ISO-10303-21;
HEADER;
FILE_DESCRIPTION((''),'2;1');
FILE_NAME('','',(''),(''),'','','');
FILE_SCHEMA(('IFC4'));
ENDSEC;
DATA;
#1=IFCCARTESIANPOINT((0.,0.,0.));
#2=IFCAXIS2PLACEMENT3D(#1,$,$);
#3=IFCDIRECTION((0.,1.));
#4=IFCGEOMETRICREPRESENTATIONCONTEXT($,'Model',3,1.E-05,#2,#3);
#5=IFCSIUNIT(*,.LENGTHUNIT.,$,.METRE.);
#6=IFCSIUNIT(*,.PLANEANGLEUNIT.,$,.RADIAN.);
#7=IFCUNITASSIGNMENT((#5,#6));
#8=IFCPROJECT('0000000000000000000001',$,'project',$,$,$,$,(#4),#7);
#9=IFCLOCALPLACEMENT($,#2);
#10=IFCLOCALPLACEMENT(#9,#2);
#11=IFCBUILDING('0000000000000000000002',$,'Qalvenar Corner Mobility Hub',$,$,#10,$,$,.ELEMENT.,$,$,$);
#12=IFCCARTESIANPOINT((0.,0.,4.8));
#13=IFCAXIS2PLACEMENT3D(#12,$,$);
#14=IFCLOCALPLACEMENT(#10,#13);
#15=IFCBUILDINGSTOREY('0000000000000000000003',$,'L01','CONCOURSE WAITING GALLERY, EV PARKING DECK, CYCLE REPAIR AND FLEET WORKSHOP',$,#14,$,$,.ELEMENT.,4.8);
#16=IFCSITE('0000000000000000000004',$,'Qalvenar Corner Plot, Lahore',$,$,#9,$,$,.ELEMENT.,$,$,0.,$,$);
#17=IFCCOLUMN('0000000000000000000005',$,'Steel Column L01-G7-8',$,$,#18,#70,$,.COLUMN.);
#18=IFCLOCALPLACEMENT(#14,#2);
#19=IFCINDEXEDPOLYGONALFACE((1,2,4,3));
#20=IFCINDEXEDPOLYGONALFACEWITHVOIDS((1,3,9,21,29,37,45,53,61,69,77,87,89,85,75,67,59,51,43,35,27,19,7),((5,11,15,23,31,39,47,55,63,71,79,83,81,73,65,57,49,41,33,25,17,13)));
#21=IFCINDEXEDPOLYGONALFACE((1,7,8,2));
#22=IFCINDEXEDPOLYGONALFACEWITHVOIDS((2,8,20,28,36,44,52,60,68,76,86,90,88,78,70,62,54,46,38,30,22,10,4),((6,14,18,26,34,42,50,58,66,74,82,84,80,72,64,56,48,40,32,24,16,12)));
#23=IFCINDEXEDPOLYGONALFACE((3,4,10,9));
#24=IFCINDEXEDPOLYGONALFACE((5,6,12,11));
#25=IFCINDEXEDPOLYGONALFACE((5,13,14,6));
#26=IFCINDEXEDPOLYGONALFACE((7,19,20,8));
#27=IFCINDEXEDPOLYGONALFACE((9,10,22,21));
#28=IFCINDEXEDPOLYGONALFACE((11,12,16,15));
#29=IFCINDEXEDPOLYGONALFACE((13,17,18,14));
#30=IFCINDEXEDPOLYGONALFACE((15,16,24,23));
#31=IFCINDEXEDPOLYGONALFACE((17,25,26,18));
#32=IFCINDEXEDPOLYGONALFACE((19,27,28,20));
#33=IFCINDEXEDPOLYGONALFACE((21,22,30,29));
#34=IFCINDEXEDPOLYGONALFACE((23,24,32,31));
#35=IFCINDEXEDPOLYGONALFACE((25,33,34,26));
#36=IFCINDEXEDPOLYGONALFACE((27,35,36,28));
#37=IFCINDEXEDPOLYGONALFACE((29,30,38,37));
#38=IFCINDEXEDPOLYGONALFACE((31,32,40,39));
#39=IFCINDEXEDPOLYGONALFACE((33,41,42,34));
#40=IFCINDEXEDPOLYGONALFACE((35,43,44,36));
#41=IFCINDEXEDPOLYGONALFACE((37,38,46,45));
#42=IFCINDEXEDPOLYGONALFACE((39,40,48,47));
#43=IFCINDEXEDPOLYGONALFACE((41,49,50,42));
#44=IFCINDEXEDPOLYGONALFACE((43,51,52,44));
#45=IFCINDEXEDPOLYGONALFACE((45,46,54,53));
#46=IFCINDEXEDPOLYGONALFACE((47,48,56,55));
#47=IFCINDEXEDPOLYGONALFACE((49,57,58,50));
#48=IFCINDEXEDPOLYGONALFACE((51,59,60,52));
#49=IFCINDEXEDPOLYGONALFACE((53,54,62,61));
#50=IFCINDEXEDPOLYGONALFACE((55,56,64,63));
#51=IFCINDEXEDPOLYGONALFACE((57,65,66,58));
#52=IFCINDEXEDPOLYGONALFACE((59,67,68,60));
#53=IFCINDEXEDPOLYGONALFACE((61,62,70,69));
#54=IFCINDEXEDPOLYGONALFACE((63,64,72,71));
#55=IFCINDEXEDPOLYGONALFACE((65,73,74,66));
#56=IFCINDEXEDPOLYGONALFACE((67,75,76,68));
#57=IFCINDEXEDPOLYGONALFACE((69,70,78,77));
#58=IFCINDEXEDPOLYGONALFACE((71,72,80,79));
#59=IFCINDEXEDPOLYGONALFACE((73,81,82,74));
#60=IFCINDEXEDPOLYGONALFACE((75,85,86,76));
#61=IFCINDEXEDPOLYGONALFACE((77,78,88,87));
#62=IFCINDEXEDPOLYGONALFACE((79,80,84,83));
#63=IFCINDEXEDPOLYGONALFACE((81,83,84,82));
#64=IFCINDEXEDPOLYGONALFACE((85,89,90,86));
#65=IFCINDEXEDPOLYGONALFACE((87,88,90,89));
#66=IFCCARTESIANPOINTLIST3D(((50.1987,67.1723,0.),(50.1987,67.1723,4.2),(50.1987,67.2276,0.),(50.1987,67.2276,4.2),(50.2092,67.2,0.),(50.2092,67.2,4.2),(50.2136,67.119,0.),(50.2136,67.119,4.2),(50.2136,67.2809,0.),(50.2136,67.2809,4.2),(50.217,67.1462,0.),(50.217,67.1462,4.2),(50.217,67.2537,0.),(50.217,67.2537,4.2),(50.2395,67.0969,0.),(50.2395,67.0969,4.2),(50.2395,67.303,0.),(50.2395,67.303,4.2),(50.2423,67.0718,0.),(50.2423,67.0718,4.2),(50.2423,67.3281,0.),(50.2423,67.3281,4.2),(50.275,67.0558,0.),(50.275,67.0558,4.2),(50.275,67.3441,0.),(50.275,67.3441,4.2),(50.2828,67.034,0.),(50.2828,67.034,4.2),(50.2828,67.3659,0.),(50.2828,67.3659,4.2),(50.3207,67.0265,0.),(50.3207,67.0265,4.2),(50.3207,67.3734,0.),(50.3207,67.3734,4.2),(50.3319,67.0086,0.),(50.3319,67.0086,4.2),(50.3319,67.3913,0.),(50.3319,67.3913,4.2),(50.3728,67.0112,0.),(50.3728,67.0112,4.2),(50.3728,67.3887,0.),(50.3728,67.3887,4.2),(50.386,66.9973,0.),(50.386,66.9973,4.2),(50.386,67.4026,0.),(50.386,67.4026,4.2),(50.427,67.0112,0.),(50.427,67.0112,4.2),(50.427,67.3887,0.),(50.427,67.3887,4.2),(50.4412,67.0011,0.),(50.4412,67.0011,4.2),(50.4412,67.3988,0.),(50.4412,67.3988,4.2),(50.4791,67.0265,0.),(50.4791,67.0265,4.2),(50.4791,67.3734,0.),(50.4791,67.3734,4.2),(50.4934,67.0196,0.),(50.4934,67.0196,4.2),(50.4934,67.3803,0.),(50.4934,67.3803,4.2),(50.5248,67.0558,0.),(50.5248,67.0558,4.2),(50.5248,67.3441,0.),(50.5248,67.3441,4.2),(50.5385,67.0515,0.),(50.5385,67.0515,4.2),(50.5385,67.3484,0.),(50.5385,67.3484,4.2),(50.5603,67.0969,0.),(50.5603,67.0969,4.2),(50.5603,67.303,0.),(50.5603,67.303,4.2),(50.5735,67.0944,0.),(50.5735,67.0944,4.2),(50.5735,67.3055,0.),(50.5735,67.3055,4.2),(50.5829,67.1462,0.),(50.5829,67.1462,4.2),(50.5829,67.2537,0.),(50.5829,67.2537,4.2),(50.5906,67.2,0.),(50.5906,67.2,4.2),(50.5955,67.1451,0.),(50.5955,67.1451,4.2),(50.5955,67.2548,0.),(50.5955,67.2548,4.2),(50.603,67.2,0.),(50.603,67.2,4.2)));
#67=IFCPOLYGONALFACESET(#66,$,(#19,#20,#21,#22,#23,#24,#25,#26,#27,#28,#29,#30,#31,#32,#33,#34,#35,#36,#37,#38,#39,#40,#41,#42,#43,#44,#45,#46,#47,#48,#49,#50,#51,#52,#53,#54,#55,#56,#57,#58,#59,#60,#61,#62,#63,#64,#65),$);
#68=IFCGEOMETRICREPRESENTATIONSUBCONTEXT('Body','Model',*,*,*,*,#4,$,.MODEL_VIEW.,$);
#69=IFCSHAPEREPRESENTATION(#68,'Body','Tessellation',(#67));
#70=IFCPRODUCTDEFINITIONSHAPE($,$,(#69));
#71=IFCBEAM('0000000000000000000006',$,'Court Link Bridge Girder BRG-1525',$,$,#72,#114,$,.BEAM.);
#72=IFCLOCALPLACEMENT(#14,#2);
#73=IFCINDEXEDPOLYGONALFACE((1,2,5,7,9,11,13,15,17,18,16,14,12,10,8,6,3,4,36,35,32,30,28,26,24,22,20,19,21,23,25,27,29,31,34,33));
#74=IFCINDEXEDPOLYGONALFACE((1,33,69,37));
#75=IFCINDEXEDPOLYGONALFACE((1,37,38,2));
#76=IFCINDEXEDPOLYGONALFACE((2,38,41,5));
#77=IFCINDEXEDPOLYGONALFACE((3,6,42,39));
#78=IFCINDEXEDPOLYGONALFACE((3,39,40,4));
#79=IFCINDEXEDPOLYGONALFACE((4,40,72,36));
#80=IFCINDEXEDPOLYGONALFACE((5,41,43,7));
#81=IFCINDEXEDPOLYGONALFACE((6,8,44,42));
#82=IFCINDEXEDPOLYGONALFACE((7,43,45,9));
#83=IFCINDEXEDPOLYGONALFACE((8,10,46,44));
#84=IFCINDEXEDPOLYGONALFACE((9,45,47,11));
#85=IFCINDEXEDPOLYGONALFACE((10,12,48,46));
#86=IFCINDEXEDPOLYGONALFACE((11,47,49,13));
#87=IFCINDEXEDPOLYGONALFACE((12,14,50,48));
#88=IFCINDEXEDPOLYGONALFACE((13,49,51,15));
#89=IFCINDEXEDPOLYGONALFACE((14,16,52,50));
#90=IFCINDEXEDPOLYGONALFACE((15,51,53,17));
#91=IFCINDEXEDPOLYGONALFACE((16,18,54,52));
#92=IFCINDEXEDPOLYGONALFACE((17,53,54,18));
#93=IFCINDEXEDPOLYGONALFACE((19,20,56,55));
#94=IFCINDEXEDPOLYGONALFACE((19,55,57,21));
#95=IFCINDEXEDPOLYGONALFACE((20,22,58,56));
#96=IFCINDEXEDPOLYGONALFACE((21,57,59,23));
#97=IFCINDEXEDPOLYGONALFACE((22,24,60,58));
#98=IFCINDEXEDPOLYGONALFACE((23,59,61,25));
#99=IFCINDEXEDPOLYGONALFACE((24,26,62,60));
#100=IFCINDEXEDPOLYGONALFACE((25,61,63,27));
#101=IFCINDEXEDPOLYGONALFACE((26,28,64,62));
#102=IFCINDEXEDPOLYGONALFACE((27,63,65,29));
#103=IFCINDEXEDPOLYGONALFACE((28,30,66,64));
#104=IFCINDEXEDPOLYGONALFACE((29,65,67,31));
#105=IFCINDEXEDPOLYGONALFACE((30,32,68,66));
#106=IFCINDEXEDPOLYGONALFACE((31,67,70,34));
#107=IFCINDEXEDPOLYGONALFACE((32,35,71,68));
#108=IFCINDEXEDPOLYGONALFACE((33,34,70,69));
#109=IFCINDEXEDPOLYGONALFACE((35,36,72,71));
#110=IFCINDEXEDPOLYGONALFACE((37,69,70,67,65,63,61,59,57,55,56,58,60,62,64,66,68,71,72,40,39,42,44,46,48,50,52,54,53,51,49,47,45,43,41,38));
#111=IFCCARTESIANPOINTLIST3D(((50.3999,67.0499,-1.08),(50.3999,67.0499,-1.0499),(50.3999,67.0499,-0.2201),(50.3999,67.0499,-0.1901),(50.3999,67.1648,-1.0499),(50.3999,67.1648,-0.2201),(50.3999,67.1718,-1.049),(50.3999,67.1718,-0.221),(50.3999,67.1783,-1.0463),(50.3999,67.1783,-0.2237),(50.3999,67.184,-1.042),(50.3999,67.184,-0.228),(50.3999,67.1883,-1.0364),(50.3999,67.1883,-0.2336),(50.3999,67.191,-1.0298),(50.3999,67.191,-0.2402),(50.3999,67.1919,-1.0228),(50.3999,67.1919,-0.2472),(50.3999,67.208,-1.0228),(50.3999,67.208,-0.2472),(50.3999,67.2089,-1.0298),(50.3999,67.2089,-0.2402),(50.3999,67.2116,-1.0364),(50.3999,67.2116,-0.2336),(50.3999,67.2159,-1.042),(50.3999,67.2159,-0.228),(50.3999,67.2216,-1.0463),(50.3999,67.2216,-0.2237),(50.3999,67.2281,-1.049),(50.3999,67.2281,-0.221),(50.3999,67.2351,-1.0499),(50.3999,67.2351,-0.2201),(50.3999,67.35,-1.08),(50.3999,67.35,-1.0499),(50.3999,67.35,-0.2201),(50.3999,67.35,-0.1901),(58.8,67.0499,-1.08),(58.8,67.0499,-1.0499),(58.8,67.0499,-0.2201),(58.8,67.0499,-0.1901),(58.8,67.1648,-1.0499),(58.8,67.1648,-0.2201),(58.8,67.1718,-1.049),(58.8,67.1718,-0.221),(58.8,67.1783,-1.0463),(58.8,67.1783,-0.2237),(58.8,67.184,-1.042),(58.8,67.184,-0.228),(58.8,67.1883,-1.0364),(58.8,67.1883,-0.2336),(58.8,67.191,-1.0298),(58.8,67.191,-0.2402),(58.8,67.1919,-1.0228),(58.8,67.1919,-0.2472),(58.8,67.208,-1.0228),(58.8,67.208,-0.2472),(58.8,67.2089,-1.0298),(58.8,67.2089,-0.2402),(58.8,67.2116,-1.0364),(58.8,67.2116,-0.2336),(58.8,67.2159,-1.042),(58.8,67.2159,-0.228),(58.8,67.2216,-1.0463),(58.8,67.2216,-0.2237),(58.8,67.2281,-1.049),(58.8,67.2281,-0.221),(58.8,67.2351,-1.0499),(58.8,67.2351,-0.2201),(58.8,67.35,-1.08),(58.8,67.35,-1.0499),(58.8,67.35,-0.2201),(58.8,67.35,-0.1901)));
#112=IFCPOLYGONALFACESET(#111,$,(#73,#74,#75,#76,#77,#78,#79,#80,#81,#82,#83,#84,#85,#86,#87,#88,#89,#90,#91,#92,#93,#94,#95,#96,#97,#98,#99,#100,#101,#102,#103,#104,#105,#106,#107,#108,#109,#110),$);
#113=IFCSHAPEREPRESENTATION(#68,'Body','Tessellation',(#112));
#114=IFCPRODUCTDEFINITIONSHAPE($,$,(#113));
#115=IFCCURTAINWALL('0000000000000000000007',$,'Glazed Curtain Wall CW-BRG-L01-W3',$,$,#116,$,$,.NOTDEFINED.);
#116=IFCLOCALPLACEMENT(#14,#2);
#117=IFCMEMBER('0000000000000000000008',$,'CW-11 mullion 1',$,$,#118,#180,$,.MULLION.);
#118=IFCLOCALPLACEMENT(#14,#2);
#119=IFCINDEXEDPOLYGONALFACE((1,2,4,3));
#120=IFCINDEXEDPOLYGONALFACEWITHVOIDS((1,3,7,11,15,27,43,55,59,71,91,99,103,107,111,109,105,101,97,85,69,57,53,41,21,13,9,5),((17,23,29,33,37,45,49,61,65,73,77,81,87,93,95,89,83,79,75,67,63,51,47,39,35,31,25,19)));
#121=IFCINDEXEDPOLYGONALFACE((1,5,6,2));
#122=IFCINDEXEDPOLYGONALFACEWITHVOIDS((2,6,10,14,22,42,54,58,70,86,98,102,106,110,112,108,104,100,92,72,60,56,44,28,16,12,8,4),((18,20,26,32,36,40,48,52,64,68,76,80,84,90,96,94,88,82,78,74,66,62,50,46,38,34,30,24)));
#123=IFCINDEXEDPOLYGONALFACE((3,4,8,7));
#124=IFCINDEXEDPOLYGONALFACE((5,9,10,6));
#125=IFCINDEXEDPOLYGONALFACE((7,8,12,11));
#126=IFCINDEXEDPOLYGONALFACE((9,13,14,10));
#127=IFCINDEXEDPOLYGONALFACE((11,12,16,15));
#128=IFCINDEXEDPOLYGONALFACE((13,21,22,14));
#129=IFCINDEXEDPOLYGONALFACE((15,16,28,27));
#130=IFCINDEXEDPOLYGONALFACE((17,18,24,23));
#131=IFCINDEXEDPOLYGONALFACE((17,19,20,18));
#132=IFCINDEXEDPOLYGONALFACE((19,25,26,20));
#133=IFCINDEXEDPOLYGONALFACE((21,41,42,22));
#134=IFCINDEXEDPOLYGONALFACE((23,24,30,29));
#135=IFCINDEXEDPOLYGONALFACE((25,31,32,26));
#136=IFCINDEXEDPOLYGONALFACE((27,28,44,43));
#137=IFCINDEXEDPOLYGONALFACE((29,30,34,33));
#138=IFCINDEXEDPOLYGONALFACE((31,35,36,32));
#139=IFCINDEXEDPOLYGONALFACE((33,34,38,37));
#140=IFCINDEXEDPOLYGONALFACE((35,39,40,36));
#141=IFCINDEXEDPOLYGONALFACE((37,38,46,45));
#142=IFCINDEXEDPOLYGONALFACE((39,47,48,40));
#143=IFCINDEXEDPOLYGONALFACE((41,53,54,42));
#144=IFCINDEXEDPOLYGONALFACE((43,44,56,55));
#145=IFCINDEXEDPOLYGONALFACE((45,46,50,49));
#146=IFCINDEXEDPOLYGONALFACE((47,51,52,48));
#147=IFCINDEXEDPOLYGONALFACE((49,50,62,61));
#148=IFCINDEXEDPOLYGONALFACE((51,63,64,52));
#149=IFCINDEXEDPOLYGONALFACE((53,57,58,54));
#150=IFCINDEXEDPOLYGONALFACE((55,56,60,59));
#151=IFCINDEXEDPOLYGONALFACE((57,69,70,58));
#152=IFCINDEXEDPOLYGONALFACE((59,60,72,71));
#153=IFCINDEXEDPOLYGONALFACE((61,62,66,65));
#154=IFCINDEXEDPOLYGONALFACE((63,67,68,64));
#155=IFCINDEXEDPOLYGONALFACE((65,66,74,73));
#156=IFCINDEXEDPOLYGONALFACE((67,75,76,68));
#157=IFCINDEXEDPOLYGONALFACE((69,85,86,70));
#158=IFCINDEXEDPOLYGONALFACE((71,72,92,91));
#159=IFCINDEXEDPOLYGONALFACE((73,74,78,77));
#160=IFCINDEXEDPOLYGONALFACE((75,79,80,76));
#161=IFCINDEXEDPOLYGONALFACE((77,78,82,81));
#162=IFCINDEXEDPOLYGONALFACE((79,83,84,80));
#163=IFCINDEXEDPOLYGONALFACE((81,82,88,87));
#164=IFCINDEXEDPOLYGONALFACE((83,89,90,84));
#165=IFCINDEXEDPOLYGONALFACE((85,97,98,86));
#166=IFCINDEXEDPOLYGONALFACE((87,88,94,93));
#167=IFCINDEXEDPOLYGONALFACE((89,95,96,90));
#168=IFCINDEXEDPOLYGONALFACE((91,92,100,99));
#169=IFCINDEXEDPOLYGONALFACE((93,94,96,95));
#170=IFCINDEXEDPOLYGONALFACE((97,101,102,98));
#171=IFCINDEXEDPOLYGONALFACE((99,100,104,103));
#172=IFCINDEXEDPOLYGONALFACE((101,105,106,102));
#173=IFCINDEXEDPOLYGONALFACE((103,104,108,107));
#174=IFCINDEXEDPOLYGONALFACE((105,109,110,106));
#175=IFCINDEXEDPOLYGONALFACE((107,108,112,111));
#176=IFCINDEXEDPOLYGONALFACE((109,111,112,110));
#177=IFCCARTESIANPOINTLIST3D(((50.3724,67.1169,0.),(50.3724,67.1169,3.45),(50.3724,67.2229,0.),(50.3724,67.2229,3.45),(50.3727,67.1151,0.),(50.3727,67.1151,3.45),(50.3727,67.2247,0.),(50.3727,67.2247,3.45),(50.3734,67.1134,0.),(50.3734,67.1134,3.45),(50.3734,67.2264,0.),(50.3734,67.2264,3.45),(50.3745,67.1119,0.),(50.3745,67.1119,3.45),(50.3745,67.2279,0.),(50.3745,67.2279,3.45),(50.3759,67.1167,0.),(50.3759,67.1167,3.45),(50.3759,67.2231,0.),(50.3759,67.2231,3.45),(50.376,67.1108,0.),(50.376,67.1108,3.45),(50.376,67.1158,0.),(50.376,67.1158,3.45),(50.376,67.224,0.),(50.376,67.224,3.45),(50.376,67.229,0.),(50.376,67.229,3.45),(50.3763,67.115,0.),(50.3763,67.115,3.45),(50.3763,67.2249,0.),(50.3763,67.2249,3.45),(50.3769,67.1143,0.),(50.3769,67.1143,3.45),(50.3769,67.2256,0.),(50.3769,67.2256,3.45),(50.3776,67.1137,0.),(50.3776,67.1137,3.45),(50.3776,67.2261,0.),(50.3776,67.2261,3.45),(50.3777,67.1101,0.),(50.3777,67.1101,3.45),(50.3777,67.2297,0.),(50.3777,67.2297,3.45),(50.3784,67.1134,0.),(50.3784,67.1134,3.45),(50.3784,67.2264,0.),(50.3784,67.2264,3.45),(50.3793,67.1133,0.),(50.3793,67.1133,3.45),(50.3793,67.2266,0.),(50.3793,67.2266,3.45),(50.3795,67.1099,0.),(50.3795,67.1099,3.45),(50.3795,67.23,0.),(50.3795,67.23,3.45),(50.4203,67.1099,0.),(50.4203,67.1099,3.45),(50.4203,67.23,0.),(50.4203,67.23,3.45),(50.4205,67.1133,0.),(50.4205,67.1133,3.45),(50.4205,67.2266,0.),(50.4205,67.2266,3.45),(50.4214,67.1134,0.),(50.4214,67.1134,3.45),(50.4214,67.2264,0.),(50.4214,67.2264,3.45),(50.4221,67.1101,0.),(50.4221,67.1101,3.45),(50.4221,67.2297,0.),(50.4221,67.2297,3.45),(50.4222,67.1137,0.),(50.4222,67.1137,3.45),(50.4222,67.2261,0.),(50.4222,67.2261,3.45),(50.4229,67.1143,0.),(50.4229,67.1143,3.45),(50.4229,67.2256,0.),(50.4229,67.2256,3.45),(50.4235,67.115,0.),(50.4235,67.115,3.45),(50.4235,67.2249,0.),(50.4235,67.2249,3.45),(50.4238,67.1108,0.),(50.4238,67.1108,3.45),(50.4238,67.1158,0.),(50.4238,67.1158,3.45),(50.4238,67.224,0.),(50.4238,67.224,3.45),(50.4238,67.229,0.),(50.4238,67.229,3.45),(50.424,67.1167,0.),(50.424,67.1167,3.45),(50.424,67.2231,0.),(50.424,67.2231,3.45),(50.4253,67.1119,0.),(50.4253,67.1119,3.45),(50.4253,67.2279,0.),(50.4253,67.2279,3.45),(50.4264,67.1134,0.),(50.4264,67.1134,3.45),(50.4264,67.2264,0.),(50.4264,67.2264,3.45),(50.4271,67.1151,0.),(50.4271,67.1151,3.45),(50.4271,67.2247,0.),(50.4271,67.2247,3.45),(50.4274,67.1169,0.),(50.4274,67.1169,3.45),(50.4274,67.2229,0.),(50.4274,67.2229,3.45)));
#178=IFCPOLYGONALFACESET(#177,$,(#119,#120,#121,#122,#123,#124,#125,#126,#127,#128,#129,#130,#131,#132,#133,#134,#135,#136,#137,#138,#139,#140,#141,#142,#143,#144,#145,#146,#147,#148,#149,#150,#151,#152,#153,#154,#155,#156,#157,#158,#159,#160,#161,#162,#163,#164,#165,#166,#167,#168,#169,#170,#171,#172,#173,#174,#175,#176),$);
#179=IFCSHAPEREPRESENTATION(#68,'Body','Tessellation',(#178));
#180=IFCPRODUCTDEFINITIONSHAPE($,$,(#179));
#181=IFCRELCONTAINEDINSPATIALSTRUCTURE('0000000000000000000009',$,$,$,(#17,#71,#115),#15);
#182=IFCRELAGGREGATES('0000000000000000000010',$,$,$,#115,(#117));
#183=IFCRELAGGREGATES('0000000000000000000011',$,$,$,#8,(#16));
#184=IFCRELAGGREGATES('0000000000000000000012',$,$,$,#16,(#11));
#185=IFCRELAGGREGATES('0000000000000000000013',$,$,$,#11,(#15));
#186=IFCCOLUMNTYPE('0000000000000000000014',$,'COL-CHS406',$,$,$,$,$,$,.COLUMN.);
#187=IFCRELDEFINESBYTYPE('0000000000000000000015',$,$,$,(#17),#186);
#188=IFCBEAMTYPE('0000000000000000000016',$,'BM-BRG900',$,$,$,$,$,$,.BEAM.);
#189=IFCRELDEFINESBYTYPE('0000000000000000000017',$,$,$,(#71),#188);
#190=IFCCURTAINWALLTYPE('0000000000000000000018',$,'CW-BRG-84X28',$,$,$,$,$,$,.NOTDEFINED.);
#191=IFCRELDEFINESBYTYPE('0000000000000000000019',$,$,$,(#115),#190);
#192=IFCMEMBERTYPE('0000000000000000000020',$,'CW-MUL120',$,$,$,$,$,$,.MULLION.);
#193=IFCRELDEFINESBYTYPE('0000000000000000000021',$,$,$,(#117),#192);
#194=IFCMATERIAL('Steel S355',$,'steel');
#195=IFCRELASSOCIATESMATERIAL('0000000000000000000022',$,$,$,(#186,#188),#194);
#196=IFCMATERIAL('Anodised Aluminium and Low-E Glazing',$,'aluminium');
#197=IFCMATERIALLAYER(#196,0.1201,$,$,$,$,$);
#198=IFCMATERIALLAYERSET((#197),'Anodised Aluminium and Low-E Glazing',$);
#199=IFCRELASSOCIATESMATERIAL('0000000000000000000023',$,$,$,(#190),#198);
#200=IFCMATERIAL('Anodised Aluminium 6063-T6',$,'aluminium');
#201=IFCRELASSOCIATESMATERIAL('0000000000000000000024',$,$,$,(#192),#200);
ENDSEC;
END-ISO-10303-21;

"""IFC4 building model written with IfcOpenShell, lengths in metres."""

from ifc_helpers import new_model, si_unit, direction, frame, origin, origin_2d, place, context, subcontext, project, spatial, hollow_rectangle, hollow_circle, i_section, extrude, material, layer, layer_set, material_profile, profile_set, type_object, element, aggregate, save


model = new_model("IFC4")

# Units and contexts
model_context = context("Model", 3, precision=1e-05, world=origin(), true_north=direction((0.0, 1.0)))
body_context = subcontext(model_context, "Body", "Model", "MODEL_VIEW")
ifc_project = project(units=[si_unit("LENGTHUNIT", "METRE"), si_unit("PLANEANGLEUNIT", "RADIAN")], contexts=[model_context])

# Site, building, storey
site_placement = place(None, origin())
site = spatial("IfcSite", under=ifc_project, at=site_placement, Name="Qalvenar Corner Plot, Lahore", CompositionType="ELEMENT", RefElevation=0.0)
building_placement = place(site_placement, origin())
building = spatial("IfcBuilding", under=site, at=building_placement, Name="Qalvenar Corner Mobility Hub", CompositionType="ELEMENT")
storey_placement = place(building_placement, frame((0.0, 0.0, 4.8)))
storey = spatial("IfcBuildingStorey", under=building, at=storey_placement, Name="L01", Description="CONCOURSE WAITING GALLERY, EV PARKING DECK, CYCLE REPAIR AND FLEET WORKSHOP", CompositionType="ELEMENT", Elevation=4.8)

# Column
ifc_material_1 = material(Name="Steel S355", Category="steel")
ifc_material_profile_1 = material_profile(ifc_material_1, hollow_circle(Radius=0.2031, WallThickness=0.0125, at=origin_2d()), Name="CHS406.4x12.5")
ifc_profile_set_1 = profile_set([ifc_material_profile_1], Name="Steel S355")
column_type = type_object("IfcColumnType", Name="COL-CHS406", PredefinedType="COLUMN", material=ifc_profile_set_1)
column_placement = place(storey_placement, frame((50.3999, 67.2, 0.0), z_axis=(0.0, 0.0, 1.0), x_axis=(1.0, 0.0, 0.0)))
element("IfcColumn", 1, at=column_placement, inside=storey, type_object=column_type, Name="Steel Column L01-G7-8", PredefinedType="COLUMN", context=body_context, shape_type="SweptSolid", body=[
    extrude(hollow_circle(Radius=0.2031, WallThickness=0.0125, at=origin_2d()), origin(), (0.0, 0.0, 1.0), 4.2),
])

# Beam
ifc_material_profile_2 = material_profile(ifc_material_1, i_section(OverallWidth=0.3, OverallDepth=0.8899, WebThickness=0.0161, FlangeThickness=0.03, FilletRadius=0.0271, at=origin_2d()), Name="HEA900")
ifc_profile_set_2 = profile_set([ifc_material_profile_2], Name="Steel S355")
beam_type = type_object("IfcBeamType", Name="BM-BRG900", PredefinedType="BEAM", material=ifc_profile_set_2)
beam_placement = place(storey_placement, frame((50.3999, 67.2, -0.635), z_axis=(1.0, 0.0, 0.0), x_axis=(0.0, 1.0, 0.0)))
element("IfcBeam", 2, at=beam_placement, inside=storey, type_object=beam_type, Name="Court Link Bridge Girder BRG-1525", PredefinedType="BEAM", context=body_context, shape_type="SweptSolid", body=[
    extrude(i_section(OverallWidth=0.3, OverallDepth=0.8899, WebThickness=0.0161, FlangeThickness=0.03, FilletRadius=0.0271, at=origin_2d()), origin(), (0.0, 0.0, 1.0), 8.4001),
])

# Curtain wall, member
ifc_material_2 = material(Name="Anodised Aluminium and Low-E Glazing", Category="aluminium")
ifc_layer_1 = layer(ifc_material_2, 0.1201)
ifc_layer_set_1 = layer_set([ifc_layer_1], Name="Anodised Aluminium and Low-E Glazing")
curtain_wall_type = type_object("IfcCurtainWallType", Name="CW-BRG-84X28", PredefinedType="NOTDEFINED", material=ifc_layer_set_1)
curtain_wall_1_placement = place(storey_placement, origin())
curtain_wall_1 = element("IfcCurtainWall", 3, at=curtain_wall_1_placement, inside=storey, type_object=curtain_wall_type, Name="Glazed Curtain Wall CW-BRG-L01-W3", PredefinedType="NOTDEFINED")
ifc_material_3 = material(Name="Anodised Aluminium 6063-T6", Category="aluminium")
ifc_material_profile_3 = material_profile(ifc_material_3, hollow_rectangle(XDim=0.0549, YDim=0.1201, WallThickness=0.0034, InnerFilletRadius=0.0034, OuterFilletRadius=0.0071, at=origin_2d()), Name="RHS120x55x3.5")
ifc_profile_set_3 = profile_set([ifc_material_profile_3], Name="Anodised Aluminium 6063-T6")
member_type_1 = type_object("IfcMemberType", Name="CW-MUL120", PredefinedType="MULLION", material=ifc_profile_set_3)
member_1_placement = place(storey_placement, frame((50.3999, 67.1699, 0.0), z_axis=(0.0, 0.0, 1.0), x_axis=(1.0, 0.0, 0.0)))
member_1 = element("IfcMember", 4, at=member_1_placement, type_object=member_type_1, Name="CW-11 mullion 1", PredefinedType="MULLION", context=body_context, shape_type="SweptSolid", body=[
    extrude(hollow_rectangle(XDim=0.0549, YDim=0.1201, WallThickness=0.0034, InnerFilletRadius=0.0034, OuterFilletRadius=0.0071, at=origin_2d()), origin(), (0.0, 0.0, 1.0), 3.45),
])

aggregate(curtain_wall_1, [member_1])

save(model, "model.ifc")
